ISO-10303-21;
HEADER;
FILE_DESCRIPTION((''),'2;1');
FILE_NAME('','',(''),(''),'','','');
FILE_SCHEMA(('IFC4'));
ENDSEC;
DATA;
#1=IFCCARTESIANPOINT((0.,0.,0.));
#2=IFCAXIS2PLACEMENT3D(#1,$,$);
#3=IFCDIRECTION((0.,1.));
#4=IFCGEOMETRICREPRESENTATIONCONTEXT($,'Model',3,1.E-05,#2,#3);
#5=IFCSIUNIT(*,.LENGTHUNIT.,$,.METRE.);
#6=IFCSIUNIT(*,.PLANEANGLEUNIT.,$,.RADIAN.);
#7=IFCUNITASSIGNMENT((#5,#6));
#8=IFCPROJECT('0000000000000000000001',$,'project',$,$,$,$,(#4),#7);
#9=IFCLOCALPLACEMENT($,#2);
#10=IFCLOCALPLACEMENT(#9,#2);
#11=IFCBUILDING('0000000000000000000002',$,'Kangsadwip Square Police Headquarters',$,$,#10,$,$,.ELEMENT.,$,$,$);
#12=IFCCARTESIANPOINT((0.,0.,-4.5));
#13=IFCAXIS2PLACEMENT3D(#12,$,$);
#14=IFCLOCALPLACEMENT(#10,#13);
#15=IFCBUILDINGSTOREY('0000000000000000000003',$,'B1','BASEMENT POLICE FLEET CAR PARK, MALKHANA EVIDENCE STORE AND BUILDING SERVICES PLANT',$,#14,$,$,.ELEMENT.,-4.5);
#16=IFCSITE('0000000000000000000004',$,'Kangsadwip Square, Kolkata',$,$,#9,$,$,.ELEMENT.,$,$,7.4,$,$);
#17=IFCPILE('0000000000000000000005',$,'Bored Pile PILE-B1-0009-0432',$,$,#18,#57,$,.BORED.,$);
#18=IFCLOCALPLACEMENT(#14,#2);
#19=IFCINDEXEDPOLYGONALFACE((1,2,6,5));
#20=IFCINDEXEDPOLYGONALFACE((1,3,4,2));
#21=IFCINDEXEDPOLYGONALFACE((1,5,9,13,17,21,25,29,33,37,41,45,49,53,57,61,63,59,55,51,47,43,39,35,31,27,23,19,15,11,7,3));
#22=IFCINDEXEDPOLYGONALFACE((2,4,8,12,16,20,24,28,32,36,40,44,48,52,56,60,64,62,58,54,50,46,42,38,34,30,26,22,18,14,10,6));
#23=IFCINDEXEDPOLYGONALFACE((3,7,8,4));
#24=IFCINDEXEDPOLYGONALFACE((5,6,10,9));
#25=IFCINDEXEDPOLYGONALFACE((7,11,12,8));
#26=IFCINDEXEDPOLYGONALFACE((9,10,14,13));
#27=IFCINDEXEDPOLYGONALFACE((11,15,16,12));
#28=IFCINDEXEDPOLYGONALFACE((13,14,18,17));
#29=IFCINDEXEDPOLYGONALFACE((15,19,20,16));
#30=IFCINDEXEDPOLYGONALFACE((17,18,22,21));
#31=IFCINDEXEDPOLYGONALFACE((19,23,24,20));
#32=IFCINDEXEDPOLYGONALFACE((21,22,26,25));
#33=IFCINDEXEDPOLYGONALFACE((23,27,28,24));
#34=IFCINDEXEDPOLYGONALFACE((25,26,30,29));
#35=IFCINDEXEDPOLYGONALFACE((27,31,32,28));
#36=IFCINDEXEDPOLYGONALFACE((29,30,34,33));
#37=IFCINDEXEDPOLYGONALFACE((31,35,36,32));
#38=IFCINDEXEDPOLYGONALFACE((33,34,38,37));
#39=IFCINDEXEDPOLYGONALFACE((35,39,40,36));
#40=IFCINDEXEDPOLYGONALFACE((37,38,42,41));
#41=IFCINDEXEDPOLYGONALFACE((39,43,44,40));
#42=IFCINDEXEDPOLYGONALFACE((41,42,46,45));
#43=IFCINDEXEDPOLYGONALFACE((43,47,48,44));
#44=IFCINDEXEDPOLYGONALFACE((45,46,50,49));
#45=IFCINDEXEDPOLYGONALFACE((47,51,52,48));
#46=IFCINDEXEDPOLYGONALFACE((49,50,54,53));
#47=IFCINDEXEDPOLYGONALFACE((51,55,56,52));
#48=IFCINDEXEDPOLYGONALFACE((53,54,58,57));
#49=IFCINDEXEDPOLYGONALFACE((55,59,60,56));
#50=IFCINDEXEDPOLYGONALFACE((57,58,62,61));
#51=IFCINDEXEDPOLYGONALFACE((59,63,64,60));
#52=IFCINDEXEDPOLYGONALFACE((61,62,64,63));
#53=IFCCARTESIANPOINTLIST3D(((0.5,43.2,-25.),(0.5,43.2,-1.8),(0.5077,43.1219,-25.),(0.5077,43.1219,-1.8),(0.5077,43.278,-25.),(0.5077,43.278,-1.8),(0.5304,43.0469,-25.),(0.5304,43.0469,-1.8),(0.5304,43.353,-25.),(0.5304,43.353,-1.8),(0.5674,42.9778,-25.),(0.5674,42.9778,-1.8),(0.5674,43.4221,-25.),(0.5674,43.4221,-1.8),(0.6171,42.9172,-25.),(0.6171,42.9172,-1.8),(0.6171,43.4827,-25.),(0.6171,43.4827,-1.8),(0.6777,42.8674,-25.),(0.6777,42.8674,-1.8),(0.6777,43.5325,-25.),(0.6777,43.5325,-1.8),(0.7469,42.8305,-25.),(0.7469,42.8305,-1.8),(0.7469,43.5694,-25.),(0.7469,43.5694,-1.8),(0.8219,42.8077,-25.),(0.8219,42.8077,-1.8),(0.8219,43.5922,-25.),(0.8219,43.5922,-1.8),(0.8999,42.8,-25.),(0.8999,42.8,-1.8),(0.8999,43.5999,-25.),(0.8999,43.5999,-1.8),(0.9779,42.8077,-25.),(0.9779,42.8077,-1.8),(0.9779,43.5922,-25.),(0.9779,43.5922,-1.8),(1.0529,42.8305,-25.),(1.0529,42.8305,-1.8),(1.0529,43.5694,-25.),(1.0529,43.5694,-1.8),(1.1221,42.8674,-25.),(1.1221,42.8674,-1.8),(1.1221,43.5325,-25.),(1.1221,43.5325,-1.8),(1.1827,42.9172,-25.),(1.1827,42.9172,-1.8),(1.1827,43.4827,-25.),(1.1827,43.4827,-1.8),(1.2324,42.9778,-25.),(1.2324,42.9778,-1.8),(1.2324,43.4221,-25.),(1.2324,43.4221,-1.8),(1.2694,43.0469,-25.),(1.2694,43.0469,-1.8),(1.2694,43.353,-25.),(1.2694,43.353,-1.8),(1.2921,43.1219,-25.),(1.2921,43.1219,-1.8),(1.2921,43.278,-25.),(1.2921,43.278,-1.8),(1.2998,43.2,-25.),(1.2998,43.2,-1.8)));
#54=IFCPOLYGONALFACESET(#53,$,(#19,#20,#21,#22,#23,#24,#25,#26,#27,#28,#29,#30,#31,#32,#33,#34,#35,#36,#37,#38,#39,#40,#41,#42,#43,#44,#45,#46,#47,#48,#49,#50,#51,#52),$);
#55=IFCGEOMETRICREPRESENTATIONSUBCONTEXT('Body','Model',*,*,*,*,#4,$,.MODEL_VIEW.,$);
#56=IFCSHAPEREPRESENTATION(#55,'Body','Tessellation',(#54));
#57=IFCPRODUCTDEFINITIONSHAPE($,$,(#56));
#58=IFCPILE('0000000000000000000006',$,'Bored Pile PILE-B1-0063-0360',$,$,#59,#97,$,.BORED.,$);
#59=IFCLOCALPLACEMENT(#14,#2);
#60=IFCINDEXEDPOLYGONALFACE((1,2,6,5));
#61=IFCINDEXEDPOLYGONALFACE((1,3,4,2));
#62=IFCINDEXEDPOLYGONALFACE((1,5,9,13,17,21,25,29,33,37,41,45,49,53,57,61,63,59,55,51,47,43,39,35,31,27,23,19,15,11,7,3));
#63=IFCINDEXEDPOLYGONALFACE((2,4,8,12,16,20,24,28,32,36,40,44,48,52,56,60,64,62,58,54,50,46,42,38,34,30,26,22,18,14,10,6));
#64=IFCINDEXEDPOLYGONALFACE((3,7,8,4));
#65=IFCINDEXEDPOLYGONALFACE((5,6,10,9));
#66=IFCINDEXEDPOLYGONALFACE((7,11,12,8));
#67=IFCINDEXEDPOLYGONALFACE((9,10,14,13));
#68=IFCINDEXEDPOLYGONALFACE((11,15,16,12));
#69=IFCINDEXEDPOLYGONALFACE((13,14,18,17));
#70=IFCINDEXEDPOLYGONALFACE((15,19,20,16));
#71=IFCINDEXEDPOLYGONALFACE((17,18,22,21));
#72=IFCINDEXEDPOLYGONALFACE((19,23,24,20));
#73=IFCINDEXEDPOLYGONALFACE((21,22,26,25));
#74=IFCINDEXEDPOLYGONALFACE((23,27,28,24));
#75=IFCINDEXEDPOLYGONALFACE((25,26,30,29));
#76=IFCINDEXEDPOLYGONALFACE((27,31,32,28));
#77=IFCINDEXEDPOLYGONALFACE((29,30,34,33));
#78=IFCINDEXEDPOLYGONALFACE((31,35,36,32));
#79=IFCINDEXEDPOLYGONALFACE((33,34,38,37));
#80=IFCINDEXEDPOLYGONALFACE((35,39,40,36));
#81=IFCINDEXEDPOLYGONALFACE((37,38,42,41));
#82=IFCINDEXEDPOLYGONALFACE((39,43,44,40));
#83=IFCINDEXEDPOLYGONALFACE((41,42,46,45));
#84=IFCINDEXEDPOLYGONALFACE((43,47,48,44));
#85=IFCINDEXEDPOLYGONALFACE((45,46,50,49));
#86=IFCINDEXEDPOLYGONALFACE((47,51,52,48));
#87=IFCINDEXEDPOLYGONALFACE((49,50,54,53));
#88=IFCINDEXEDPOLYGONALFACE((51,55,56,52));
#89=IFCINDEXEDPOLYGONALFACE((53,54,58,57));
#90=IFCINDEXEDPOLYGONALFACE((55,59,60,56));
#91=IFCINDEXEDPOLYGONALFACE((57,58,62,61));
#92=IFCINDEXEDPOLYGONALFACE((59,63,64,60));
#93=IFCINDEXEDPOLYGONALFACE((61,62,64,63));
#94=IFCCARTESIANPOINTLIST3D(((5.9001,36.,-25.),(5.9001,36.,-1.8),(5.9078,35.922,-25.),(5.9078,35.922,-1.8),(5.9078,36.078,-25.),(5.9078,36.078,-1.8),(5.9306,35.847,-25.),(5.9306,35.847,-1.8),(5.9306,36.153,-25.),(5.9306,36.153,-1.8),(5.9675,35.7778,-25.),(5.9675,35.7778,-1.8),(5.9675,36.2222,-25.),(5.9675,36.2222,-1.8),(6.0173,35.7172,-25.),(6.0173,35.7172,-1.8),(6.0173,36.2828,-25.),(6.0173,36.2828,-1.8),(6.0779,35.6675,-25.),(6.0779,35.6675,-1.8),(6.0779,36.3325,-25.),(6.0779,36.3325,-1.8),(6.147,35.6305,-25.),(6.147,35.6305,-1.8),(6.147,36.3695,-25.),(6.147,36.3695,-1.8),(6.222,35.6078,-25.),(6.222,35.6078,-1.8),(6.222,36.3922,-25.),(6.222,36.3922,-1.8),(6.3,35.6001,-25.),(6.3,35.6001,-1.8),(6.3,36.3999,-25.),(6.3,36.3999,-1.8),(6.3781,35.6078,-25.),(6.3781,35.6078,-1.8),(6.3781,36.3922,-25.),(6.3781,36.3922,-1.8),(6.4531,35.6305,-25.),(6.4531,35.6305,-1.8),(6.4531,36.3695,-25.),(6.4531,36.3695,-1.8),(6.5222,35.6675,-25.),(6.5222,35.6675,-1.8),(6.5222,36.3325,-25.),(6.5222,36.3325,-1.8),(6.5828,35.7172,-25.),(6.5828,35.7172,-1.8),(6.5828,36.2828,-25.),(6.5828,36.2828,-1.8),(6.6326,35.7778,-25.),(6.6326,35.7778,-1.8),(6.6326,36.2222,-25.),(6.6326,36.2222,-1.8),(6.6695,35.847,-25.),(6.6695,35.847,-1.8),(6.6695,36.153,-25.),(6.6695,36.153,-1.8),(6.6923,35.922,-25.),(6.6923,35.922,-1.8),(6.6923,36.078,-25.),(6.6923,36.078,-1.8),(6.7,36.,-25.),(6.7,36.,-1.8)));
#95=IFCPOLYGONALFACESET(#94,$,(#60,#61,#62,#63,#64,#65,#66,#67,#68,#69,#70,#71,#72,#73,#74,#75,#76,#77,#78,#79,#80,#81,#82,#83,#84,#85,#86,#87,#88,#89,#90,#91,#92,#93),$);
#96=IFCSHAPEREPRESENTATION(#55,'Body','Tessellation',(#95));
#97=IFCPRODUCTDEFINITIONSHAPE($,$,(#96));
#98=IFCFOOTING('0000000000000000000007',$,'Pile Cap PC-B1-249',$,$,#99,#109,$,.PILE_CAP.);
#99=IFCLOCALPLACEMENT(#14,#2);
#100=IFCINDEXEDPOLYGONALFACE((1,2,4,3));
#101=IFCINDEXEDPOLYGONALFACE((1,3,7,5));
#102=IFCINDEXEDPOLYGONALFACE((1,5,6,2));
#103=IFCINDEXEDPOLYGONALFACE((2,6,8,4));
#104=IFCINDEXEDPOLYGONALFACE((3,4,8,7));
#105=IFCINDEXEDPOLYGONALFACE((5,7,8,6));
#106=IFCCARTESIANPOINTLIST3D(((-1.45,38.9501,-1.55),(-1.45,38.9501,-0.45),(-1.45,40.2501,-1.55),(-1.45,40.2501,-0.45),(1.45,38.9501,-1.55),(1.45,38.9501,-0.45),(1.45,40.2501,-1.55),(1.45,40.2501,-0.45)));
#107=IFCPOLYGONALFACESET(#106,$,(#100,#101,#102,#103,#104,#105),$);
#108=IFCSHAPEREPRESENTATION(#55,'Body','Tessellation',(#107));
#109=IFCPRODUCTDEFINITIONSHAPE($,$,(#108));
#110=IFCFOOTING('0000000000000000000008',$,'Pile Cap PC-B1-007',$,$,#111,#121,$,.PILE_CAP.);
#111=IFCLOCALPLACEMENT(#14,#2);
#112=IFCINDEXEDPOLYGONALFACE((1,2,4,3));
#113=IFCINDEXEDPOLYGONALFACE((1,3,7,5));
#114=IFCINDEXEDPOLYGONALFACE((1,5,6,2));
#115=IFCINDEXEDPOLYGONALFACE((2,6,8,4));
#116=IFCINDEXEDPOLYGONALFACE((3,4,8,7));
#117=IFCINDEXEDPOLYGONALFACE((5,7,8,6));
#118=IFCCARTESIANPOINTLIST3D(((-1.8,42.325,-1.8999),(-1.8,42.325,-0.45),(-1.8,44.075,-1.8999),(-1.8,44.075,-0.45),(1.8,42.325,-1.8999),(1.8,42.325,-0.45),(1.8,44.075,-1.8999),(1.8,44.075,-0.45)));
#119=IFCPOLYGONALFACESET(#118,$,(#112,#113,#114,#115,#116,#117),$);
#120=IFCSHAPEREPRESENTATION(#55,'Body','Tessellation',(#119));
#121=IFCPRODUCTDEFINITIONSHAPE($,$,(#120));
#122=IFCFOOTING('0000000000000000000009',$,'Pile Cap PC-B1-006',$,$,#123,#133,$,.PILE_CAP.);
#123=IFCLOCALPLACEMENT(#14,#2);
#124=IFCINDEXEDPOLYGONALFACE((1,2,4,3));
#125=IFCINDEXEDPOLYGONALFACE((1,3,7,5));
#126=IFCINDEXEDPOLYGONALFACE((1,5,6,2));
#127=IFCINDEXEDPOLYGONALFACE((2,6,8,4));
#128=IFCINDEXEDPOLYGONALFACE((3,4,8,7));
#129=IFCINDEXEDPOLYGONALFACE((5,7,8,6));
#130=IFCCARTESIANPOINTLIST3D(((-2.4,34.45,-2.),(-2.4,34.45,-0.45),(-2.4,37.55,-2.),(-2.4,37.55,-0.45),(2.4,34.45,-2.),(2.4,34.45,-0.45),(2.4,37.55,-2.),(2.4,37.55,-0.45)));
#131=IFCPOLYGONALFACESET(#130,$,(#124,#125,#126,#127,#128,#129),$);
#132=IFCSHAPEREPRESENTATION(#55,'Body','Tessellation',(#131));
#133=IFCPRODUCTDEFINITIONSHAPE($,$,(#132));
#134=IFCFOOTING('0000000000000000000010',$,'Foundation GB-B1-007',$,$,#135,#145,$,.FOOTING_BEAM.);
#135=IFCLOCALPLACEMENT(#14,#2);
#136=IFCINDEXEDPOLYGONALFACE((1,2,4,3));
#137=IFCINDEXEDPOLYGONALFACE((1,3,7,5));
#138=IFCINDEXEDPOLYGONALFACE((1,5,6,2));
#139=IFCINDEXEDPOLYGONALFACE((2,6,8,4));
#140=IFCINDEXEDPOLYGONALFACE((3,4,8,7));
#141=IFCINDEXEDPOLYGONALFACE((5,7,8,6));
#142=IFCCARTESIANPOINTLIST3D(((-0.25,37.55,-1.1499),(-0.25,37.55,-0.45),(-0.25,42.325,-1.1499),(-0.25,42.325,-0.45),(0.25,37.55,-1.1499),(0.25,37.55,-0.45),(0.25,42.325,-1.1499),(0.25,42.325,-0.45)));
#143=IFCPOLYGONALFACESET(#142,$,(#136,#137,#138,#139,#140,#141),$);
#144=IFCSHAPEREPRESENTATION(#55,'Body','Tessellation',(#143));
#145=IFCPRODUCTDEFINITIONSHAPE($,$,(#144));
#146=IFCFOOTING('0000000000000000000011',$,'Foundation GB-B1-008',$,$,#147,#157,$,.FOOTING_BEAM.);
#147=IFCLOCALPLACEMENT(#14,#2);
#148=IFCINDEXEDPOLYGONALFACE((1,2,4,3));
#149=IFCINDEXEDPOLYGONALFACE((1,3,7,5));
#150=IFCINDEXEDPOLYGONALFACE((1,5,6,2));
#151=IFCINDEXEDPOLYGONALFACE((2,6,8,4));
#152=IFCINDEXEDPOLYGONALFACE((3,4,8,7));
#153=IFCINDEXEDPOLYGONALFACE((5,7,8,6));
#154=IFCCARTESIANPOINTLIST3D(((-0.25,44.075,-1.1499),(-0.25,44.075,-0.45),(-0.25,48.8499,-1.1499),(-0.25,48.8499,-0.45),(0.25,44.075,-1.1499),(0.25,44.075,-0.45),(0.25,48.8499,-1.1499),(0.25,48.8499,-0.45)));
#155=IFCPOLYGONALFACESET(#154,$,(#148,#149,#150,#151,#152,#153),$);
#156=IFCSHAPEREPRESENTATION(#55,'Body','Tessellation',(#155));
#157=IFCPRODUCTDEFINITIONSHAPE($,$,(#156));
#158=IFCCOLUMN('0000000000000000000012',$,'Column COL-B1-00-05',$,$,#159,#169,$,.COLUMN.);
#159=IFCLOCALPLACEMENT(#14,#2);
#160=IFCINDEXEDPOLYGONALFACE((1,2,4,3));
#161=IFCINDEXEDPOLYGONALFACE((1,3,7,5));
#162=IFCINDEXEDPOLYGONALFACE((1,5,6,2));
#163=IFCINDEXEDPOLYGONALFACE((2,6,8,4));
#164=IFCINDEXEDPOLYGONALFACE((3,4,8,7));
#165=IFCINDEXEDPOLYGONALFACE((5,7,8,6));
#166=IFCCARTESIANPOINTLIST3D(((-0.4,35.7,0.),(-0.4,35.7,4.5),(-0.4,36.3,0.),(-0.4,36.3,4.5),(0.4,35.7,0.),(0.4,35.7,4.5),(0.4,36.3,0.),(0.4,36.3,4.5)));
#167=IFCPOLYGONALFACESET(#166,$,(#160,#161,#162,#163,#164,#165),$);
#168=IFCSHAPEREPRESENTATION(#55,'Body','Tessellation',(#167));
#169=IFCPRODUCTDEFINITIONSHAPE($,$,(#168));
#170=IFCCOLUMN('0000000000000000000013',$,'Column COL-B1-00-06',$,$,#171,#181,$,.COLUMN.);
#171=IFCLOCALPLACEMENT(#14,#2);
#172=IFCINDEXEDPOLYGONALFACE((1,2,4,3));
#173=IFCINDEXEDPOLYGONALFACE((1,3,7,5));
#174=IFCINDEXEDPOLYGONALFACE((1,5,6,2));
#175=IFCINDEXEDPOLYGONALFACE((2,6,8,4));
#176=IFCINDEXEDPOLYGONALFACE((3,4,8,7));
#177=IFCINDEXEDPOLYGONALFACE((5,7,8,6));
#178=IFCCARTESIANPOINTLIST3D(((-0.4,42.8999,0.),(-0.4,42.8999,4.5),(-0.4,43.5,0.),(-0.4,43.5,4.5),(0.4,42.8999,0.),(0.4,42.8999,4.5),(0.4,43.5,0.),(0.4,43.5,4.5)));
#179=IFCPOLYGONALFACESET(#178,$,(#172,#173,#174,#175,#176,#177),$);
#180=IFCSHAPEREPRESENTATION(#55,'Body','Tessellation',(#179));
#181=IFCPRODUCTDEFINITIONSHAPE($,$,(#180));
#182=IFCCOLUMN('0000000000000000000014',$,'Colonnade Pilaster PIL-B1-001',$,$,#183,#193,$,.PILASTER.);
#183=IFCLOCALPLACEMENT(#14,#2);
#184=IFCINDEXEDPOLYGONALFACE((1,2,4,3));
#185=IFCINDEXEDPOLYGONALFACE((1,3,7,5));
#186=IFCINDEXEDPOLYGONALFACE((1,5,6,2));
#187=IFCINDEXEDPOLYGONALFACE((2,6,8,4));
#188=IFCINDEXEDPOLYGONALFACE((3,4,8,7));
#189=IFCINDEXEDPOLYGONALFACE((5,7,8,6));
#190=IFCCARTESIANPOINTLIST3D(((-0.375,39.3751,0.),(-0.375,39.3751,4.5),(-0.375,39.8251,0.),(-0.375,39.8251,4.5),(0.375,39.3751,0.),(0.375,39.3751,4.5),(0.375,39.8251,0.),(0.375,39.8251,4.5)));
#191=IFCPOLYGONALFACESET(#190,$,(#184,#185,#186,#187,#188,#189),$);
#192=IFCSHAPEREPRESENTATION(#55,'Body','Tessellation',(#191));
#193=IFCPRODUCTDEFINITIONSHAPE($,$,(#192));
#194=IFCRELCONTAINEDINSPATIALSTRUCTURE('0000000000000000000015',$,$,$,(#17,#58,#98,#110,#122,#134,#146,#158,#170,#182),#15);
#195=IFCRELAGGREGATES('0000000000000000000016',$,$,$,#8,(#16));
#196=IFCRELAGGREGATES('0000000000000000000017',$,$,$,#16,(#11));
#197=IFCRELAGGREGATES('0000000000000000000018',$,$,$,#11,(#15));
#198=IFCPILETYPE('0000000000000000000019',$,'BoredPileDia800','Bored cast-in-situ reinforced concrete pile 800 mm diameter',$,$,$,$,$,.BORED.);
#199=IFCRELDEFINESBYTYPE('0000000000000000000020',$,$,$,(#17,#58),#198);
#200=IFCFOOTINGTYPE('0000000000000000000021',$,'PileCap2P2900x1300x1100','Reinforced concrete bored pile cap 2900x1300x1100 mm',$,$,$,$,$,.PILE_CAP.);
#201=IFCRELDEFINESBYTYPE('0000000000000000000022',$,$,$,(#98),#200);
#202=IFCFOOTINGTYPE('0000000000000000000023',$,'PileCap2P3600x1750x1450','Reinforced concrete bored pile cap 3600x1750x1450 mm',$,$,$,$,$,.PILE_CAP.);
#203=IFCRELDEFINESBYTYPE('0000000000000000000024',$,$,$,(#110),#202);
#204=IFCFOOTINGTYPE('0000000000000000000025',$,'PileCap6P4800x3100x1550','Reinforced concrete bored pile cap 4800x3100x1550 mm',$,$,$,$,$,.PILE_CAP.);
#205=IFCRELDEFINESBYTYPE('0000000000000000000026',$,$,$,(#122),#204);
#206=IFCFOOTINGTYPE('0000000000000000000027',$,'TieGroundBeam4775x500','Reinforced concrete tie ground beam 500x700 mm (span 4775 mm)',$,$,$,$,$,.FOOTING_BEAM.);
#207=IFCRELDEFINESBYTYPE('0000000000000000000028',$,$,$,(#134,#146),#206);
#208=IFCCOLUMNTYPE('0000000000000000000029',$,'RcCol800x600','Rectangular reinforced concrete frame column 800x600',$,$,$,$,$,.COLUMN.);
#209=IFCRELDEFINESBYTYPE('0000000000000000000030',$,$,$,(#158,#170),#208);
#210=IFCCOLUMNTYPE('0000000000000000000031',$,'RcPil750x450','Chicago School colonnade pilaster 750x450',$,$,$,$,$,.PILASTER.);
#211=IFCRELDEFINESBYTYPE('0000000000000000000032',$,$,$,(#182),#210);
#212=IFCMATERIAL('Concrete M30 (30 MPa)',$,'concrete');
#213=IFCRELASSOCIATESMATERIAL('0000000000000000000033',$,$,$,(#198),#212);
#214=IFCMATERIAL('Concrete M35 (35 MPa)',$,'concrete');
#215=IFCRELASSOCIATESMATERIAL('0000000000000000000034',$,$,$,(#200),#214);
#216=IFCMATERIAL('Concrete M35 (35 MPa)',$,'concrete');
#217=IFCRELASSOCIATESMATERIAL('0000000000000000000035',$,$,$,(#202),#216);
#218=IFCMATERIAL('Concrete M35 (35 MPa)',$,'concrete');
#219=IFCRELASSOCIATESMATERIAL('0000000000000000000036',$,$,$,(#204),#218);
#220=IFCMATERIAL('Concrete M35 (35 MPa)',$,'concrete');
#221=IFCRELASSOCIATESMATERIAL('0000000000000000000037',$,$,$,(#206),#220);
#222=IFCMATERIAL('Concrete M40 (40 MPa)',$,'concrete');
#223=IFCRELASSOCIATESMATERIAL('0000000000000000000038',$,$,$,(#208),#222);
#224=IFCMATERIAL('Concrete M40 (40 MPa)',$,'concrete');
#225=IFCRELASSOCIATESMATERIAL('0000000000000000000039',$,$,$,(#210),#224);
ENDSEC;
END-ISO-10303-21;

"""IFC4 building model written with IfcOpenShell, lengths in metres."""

from ifc_helpers import new_model, si_unit, direction, frame, origin, origin_2d, place, context, subcontext, project, spatial, rectangle, circle, extrude, material, material_profile, profile_set, type_object, element, save


model = new_model("IFC4")

# Units and contexts
model_context = context("Model", 3, precision=1e-05, world=origin(), true_north=direction((0.0, 1.0)))
body_context = subcontext(model_context, "Body", "Model", "MODEL_VIEW")
ifc_project = project(units=[si_unit("LENGTHUNIT", "METRE"), si_unit("PLANEANGLEUNIT", "RADIAN")], contexts=[model_context])

# Site, building, storey
site_placement = place(None, origin())
site = spatial("IfcSite", under=ifc_project, at=site_placement, Name="Kangsadwip Square, Kolkata", CompositionType="ELEMENT", RefElevation=7.4)
building_placement = place(site_placement, origin())
building = spatial("IfcBuilding", under=site, at=building_placement, Name="Kangsadwip Square Police Headquarters", CompositionType="ELEMENT")
storey_placement = place(building_placement, frame((0.0, 0.0, -4.5)))
storey = spatial("IfcBuildingStorey", under=building, at=storey_placement, Name="B1", Description="BASEMENT POLICE FLEET CAR PARK, MALKHANA EVIDENCE STORE AND BUILDING SERVICES PLANT", CompositionType="ELEMENT", Elevation=-4.5)

# Piles
ifc_material_1 = material(Name="Concrete M30 (30 MPa)", Category="concrete")
ifc_material_profile_1 = material_profile(ifc_material_1, circle(Radius=0.3999, at=origin_2d()), Name="PILE DIA 800")
ifc_profile_set_1 = profile_set([ifc_material_profile_1], Name="Concrete M30 (30 MPa)")
pile_type_1 = type_object("IfcPileType", Name="BoredPileDia800", Description="Bored cast-in-situ reinforced concrete pile 800 mm diameter", PredefinedType="BORED", material=ifc_profile_set_1)
for number, where, z_axis, x_axis, name in (
    (1, (0.8999, 43.2, -1.8), (0.0, 0.0, -1.0), (1.0, 0.0, 0.0), "Bored Pile PILE-B1-0009-0432"),
    (2, (6.3, 36.0, -1.8), (0.0, 0.0, -1.0), (1.0, 0.0, 0.0), "Bored Pile PILE-B1-0063-0360"),
):
    element("IfcPile", number, at=place(storey_placement, frame(where, z_axis=z_axis, x_axis=x_axis)), inside=storey, type_object=pile_type_1, Name=name, PredefinedType="BORED", context=body_context, shape_type="SweptSolid", body=[
        extrude(circle(Radius=0.3999, at=origin_2d()), origin(), (0.0, 0.0, 1.0), 23.2),
    ])

# Footings
ifc_material_2 = material(Name="Concrete M35 (35 MPa)", Category="concrete")
footing_type_1 = type_object("IfcFootingType", Name="PileCap2P2900x1300x1100", Description="Reinforced concrete bored pile cap 2900x1300x1100 mm", PredefinedType="PILE_CAP", material=ifc_material_2)
footing_1_placement = place(storey_placement, frame((0.0, 39.6001, -1.55), z_axis=(0.0, 0.0, 1.0), x_axis=(1.0, 0.0, 0.0)))
element("IfcFooting", 3, at=footing_1_placement, inside=storey, type_object=footing_type_1, Name="Pile Cap PC-B1-249", PredefinedType="PILE_CAP", context=body_context, shape_type="SweptSolid", body=[
    extrude(rectangle(XDim=2.8999, YDim=1.3, at=origin_2d()), origin(), (0.0, 0.0, 1.0), 1.1001),
])
ifc_material_3 = material(Name="Concrete M35 (35 MPa)", Category="concrete")
footing_type_2 = type_object("IfcFootingType", Name="PileCap2P3600x1750x1450", Description="Reinforced concrete bored pile cap 3600x1750x1450 mm", PredefinedType="PILE_CAP", material=ifc_material_3)
footing_2_placement = place(storey_placement, frame((0.0, 43.2, -1.8999), z_axis=(0.0, 0.0, 1.0), x_axis=(1.0, 0.0, 0.0)))
element("IfcFooting", 4, at=footing_2_placement, inside=storey, type_object=footing_type_2, Name="Pile Cap PC-B1-007", PredefinedType="PILE_CAP", context=body_context, shape_type="SweptSolid", body=[
    extrude(rectangle(XDim=3.6001, YDim=1.75, at=origin_2d()), origin(), (0.0, 0.0, 1.0), 1.45),
])
ifc_material_4 = material(Name="Concrete M35 (35 MPa)", Category="concrete")
footing_type_3 = type_object("IfcFootingType", Name="PileCap6P4800x3100x1550", Description="Reinforced concrete bored pile cap 4800x3100x1550 mm", PredefinedType="PILE_CAP", material=ifc_material_4)
footing_3_placement = place(storey_placement, frame((0.0, 36.0, -2.0), z_axis=(0.0, 0.0, 1.0), x_axis=(1.0, 0.0, 0.0)))
element("IfcFooting", 5, at=footing_3_placement, inside=storey, type_object=footing_type_3, Name="Pile Cap PC-B1-006", PredefinedType="PILE_CAP", context=body_context, shape_type="SweptSolid", body=[
    extrude(rectangle(XDim=4.8, YDim=3.1001, at=origin_2d()), origin(), (0.0, 0.0, 1.0), 1.55),
])
ifc_material_5 = material(Name="Concrete M35 (35 MPa)", Category="concrete")
footing_type_4 = type_object("IfcFootingType", Name="TieGroundBeam4775x500", Description="Reinforced concrete tie ground beam 500x700 mm (span 4775 mm)", PredefinedType="FOOTING_BEAM", material=ifc_material_5)
for number, where, z_axis, x_axis, name in (
    (6, (0.0, 39.9375, -1.1499), (0.0, 0.0, 1.0), (0.0, 1.0, 0.0), "Foundation GB-B1-007"),
    (7, (0.0, 46.4624, -1.1499), (0.0, 0.0, 1.0), (0.0, 1.0, 0.0), "Foundation GB-B1-008"),
):
    element("IfcFooting", number, at=place(storey_placement, frame(where, z_axis=z_axis, x_axis=x_axis)), inside=storey, type_object=footing_type_4, Name=name, PredefinedType="FOOTING_BEAM", context=body_context, shape_type="SweptSolid", body=[
        extrude(rectangle(XDim=4.7749, YDim=0.5, at=origin_2d()), origin(), (0.0, 0.0, 1.0), 0.7),
    ])

# Columns
ifc_material_6 = material(Name="Concrete M40 (40 MPa)", Category="concrete")
ifc_material_profile_2 = material_profile(ifc_material_6, rectangle(XDim=0.6001, YDim=0.8, at=origin_2d()), Name="RC COL 800X600")
ifc_profile_set_2 = profile_set([ifc_material_profile_2], Name="Concrete M40 (40 MPa)")
column_type_1 = type_object("IfcColumnType", Name="RcCol800x600", Description="Rectangular reinforced concrete frame column 800x600", PredefinedType="COLUMN", material=ifc_profile_set_2)
for number, where, z_axis, x_axis, name in (
    (8, (0.0, 36.0, 0.0), (0.0, 0.0, 1.0), (0.0, 1.0, 0.0), "Column COL-B1-00-05"),
    (9, (0.0, 43.2, 0.0), (0.0, 0.0, 1.0), (0.0, 1.0, 0.0), "Column COL-B1-00-06"),
):
    element("IfcColumn", number, at=place(storey_placement, frame(where, z_axis=z_axis, x_axis=x_axis)), inside=storey, type_object=column_type_1, Name=name, PredefinedType="COLUMN", context=body_context, shape_type="SweptSolid", body=[
        extrude(rectangle(XDim=0.6001, YDim=0.8, at=origin_2d()), origin(), (0.0, 0.0, 1.0), 4.5),
    ])
ifc_material_7 = material(Name="Concrete M40 (40 MPa)", Category="concrete")
ifc_material_profile_3 = material_profile(ifc_material_7, rectangle(XDim=0.45, YDim=0.75, at=origin_2d()), Name="RC PIL 750X450")
ifc_profile_set_3 = profile_set([ifc_material_profile_3], Name="Concrete M40 (40 MPa)")
column_type_2 = type_object("IfcColumnType", Name="RcPil750x450", Description="Chicago School colonnade pilaster 750x450", PredefinedType="PILASTER", material=ifc_profile_set_3)
column_placement = place(storey_placement, frame((0.0, 39.6001, 0.0), z_axis=(0.0, 0.0, 1.0), x_axis=(0.0, 1.0, 0.0)))
element("IfcColumn", 10, at=column_placement, inside=storey, type_object=column_type_2, Name="Colonnade Pilaster PIL-B1-001", PredefinedType="PILASTER", context=body_context, shape_type="SweptSolid", body=[
    extrude(rectangle(XDim=0.45, YDim=0.75, at=origin_2d()), origin(), (0.0, 0.0, 1.0), 4.5),
])

save(model, "model.ifc")
